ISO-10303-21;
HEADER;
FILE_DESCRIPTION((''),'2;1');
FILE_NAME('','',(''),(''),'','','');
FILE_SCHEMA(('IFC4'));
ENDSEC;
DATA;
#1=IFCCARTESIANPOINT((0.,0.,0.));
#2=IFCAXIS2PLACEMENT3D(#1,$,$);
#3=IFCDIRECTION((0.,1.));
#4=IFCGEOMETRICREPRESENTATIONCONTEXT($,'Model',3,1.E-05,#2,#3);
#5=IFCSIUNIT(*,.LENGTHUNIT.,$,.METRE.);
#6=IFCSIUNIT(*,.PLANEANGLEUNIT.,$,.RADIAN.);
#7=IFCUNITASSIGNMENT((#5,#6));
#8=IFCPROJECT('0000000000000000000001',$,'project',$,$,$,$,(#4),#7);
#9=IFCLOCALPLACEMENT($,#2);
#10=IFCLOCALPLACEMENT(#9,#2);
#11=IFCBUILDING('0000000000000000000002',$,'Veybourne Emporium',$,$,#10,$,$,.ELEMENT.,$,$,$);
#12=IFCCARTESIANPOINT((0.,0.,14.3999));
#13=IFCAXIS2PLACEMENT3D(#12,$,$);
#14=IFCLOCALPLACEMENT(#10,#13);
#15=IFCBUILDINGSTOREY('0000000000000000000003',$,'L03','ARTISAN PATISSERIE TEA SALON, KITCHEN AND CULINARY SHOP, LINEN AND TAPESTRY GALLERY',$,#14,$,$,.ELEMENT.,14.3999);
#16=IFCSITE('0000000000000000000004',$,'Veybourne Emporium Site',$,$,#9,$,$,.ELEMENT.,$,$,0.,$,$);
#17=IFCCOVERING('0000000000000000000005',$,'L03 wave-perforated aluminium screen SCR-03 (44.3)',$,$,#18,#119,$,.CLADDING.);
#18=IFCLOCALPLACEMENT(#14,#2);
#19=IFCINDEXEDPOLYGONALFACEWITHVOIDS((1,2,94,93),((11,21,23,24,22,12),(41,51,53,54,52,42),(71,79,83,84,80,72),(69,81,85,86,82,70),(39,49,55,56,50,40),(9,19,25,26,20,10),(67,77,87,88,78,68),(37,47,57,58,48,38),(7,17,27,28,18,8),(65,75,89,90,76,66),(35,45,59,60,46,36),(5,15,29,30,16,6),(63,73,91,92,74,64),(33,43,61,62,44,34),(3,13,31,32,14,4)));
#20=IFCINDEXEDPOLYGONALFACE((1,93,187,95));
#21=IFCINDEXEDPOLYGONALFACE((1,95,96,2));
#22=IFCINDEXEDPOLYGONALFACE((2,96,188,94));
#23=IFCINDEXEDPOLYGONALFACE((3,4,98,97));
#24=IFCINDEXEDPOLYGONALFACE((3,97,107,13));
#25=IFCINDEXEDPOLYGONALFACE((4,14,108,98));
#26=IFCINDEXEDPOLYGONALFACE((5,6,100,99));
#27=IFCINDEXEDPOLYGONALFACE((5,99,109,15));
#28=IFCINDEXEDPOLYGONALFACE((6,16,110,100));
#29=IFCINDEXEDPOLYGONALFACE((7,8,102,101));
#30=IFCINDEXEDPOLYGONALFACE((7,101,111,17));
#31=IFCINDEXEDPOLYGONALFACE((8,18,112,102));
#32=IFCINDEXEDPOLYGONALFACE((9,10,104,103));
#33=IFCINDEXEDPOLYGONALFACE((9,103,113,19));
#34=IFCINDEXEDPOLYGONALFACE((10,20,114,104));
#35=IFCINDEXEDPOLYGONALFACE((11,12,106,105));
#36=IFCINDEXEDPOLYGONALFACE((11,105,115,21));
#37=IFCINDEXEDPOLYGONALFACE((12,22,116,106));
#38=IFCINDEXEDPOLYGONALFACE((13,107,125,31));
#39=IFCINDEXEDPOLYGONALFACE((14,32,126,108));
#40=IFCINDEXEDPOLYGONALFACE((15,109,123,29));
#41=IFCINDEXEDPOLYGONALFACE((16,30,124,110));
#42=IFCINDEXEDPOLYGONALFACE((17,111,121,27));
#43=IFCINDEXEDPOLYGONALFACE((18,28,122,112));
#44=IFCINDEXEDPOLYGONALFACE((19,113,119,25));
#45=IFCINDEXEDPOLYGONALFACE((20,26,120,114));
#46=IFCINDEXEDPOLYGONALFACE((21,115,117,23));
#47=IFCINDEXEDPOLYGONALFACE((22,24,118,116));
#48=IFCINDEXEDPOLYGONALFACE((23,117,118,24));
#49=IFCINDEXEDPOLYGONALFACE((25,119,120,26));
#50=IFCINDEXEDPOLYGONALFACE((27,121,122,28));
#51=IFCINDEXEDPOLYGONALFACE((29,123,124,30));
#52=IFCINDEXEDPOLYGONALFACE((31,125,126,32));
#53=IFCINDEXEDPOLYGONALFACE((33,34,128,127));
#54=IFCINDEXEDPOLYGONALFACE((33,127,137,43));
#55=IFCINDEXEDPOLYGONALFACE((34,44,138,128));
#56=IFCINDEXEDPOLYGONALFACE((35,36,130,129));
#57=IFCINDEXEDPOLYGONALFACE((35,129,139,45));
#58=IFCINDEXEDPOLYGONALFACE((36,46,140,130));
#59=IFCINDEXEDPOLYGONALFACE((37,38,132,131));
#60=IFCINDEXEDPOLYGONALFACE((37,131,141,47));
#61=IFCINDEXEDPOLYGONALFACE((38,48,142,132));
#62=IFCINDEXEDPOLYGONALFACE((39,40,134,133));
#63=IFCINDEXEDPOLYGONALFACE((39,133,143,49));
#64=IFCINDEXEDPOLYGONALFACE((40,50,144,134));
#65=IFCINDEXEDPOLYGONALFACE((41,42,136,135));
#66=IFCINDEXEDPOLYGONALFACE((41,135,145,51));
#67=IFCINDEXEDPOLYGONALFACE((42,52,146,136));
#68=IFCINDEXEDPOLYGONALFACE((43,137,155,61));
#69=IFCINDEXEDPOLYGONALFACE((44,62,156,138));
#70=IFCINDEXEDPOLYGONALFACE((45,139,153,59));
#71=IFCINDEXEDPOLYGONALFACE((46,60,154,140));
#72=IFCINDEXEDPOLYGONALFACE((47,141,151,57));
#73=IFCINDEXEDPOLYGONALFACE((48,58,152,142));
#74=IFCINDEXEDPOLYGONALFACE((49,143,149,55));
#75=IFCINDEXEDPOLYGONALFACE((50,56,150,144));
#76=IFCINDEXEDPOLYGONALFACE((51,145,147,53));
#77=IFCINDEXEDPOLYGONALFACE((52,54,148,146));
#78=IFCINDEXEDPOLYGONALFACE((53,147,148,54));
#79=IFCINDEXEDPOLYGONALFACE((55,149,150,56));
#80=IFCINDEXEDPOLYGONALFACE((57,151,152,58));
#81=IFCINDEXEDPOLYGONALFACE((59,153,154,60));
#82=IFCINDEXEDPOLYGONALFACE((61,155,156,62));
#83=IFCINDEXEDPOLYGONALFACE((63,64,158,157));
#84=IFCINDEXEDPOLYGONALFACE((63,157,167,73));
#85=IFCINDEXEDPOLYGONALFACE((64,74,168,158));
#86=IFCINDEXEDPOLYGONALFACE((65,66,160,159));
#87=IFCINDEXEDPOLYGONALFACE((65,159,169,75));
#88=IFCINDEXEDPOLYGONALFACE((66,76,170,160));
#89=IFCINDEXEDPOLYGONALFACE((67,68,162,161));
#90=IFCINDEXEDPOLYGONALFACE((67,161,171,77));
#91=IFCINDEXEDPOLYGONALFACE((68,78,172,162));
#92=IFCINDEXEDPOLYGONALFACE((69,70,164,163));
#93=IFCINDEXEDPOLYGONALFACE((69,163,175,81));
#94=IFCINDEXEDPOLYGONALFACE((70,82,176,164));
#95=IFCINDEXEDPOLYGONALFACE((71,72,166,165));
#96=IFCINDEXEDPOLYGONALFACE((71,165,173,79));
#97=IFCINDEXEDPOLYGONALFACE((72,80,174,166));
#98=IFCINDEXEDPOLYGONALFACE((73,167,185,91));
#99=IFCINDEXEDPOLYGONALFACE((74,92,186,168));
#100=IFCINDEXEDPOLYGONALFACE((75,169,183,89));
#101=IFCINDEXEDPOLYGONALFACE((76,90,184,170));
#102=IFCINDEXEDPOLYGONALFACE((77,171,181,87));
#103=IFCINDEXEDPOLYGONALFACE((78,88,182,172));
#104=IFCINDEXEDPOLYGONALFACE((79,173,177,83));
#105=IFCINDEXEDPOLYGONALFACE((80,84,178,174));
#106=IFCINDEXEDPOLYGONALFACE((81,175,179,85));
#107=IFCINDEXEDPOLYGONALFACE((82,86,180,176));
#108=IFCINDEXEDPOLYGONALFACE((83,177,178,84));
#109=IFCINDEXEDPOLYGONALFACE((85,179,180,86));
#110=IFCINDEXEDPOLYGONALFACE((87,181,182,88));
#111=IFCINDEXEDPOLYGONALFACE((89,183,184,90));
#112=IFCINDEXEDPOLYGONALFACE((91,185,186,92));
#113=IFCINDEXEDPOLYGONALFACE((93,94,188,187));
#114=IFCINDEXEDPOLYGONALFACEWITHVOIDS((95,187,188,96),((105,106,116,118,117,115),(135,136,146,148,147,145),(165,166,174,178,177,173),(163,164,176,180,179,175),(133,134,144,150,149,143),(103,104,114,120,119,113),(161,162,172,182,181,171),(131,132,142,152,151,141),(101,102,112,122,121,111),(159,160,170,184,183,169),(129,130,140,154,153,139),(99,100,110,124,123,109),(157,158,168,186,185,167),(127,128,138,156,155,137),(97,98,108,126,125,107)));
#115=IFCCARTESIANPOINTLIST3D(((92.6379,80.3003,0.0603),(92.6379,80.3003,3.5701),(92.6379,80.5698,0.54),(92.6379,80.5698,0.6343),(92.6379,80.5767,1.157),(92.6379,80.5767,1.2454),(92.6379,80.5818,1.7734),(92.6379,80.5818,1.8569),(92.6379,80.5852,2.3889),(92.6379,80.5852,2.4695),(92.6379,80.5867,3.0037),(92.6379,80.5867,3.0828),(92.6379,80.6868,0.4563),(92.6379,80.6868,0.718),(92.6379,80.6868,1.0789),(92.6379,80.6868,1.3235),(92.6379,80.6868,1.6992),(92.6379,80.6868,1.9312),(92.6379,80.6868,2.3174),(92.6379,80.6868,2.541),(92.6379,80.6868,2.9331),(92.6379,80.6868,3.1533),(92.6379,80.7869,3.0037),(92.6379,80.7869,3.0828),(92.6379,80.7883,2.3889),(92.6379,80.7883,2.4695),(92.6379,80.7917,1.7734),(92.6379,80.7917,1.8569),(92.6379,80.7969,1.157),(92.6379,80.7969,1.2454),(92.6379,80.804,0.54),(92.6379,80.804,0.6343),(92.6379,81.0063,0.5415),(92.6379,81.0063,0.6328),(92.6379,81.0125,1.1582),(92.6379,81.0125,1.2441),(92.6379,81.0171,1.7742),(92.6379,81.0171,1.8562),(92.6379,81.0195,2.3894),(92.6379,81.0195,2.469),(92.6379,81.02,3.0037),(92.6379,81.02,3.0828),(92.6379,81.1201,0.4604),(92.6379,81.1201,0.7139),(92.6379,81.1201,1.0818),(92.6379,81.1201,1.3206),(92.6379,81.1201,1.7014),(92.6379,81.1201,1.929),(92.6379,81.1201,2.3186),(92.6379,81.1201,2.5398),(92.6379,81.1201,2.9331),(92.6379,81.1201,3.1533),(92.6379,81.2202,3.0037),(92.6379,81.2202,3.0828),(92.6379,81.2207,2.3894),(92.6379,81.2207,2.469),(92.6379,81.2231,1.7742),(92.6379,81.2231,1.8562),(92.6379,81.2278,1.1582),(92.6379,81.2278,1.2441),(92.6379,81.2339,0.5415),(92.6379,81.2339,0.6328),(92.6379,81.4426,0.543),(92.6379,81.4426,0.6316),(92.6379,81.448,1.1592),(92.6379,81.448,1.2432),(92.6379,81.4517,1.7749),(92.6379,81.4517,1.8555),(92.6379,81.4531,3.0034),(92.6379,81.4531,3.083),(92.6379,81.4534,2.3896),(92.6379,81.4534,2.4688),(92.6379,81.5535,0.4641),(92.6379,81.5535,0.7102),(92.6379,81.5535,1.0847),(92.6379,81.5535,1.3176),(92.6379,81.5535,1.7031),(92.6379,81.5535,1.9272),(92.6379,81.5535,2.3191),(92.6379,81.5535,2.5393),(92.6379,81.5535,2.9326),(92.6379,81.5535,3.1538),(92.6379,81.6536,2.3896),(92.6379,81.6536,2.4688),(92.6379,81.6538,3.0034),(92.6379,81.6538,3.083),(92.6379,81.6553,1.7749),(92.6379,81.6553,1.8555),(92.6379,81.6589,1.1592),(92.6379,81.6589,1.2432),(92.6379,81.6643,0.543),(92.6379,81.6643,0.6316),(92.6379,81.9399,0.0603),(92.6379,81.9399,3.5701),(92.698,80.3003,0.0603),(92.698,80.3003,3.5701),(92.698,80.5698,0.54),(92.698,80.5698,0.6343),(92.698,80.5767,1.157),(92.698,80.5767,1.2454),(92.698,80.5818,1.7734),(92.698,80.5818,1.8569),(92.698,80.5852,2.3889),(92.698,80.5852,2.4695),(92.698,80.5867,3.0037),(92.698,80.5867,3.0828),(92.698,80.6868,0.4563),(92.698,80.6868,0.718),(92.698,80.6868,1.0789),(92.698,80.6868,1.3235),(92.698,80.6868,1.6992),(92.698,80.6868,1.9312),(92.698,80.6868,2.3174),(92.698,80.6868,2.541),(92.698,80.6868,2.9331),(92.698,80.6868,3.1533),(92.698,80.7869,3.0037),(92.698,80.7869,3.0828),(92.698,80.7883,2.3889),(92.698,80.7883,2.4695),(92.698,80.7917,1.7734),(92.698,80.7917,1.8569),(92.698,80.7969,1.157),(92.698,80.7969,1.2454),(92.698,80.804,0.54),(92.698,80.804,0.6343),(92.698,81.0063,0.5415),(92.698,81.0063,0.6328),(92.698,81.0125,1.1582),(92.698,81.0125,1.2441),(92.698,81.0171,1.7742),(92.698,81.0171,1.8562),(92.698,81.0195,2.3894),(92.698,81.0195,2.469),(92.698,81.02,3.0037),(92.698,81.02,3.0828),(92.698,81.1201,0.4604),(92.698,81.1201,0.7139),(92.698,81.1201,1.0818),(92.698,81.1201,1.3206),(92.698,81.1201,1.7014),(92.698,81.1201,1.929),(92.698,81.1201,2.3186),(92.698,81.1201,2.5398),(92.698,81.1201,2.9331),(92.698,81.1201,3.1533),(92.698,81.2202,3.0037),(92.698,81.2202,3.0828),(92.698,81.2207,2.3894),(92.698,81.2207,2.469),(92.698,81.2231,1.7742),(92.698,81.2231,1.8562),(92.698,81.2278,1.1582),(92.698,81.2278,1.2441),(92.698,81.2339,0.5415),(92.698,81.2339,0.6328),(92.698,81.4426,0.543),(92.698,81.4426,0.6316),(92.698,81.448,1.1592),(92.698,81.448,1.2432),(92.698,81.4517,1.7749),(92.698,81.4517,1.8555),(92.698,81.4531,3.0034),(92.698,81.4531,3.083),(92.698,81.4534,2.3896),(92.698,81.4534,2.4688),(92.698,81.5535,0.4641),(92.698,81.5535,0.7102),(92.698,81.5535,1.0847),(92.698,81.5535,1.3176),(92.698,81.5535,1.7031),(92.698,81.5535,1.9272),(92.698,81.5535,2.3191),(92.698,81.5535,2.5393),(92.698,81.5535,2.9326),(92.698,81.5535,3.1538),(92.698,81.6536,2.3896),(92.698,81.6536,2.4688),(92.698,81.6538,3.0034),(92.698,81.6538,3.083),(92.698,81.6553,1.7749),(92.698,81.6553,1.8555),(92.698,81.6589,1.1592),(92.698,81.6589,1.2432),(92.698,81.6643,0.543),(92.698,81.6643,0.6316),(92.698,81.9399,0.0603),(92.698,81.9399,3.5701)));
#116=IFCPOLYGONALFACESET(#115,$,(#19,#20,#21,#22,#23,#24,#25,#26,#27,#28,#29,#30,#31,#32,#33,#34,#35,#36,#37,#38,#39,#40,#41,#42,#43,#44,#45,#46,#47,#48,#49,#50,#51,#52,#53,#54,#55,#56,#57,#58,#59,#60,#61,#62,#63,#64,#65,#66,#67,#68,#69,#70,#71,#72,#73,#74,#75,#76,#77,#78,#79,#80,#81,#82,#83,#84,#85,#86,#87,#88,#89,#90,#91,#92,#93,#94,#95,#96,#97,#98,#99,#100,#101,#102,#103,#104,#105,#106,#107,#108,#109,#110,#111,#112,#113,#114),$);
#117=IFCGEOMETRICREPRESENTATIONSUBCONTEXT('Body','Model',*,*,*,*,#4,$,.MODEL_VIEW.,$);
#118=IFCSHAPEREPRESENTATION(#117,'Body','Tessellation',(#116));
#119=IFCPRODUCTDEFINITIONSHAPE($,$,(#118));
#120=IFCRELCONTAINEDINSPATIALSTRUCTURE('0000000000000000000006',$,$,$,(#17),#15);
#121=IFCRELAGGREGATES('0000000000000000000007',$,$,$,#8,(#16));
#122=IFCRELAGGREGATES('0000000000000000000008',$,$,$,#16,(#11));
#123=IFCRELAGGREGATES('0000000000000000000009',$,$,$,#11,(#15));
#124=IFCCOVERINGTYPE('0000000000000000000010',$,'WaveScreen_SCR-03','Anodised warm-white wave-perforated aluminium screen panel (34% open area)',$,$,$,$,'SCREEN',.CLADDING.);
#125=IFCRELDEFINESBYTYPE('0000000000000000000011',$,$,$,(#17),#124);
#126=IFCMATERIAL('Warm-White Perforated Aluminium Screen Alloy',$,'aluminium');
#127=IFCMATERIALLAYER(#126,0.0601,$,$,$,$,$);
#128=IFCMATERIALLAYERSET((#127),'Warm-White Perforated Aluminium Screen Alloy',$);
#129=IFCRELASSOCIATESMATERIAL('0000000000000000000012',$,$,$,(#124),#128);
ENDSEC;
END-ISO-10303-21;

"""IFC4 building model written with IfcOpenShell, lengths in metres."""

from ifc_helpers import new_model, si_unit, direction, frame, origin, place, context, subcontext, project, spatial, polyline, outline, extrude, material, layer, layer_set, type_object, element, save


model = new_model("IFC4")

# Units and contexts
model_context = context("Model", 3, precision=1e-05, world=origin(), true_north=direction((0.0, 1.0)))
body_context = subcontext(model_context, "Body", "Model", "MODEL_VIEW")
ifc_project = project(units=[si_unit("LENGTHUNIT", "METRE"), si_unit("PLANEANGLEUNIT", "RADIAN")], contexts=[model_context])

# Site, building, storey
site_placement = place(None, origin())
site = spatial("IfcSite", under=ifc_project, at=site_placement, Name="Veybourne Emporium Site", CompositionType="ELEMENT", RefElevation=0.0)
building_placement = place(site_placement, origin())
building = spatial("IfcBuilding", under=site, at=building_placement, Name="Veybourne Emporium", CompositionType="ELEMENT")
storey_placement = place(building_placement, frame((0.0, 0.0, 14.3999)))
storey = spatial("IfcBuildingStorey", under=building, at=storey_placement, Name="L03", Description="ARTISAN PATISSERIE TEA SALON, KITCHEN AND CULINARY SHOP, LINEN AND TAPESTRY GALLERY", CompositionType="ELEMENT", Elevation=14.3999)

# Covering
ifc_material_1 = material(Name="Warm-White Perforated Aluminium Screen Alloy", Category="aluminium")
ifc_layer_1 = layer(ifc_material_1, 0.0601)
ifc_layer_set_1 = layer_set([ifc_layer_1], Name="Warm-White Perforated Aluminium Screen Alloy")
covering_type_1 = type_object("IfcCoveringType", Name="WaveScreen_SCR-03", Description="Anodised warm-white wave-perforated aluminium screen panel (34% open area)", ElementType="SCREEN", PredefinedType="CLADDING", material=ifc_layer_set_1)
covering_1_placement = place(storey_placement, frame((92.698, 81.1201, 1.8152), z_axis=(-1.0, 0.0, 0.0), x_axis=(0.0, -1.0, 0.0)))
element("IfcCovering", 1, at=covering_1_placement, inside=storey, type_object=covering_type_1, Name="L03 wave-perforated aluminium screen SCR-03 (44.3)", PredefinedType="CLADDING", context=body_context, shape_type="SweptSolid", body=[
    extrude(outline(polyline([(-0.8198, -1.7549), (0.8198, -1.7549), (0.8198, 1.7549), (-0.8198, 1.7549), (-0.8198, -1.7549)]), holes=[polyline([(-0.4333, -1.105), (-0.3225, -1.1836), (-0.3225, -1.2722), (-0.4333, -1.3511), (-0.5442, -1.2722), (-0.5442, -1.1836), (-0.4333, -1.105)]), polyline([(-0.4333, -0.4976), (-0.3279, -0.572), (-0.3279, -0.656), (-0.4333, -0.7305), (-0.5388, -0.656), (-0.5388, -0.572), (-0.4333, -0.4976)]), polyline([(-0.4333, 0.1121), (-0.3315, 0.0403), (-0.3315, -0.0403), (-0.4333, -0.1121), (-0.5352, -0.0403), (-0.5352, 0.0403), (-0.4333, 0.1121)]), polyline([(-0.4333, 0.7241), (-0.3333, 0.6536), (-0.3333, 0.5745), (-0.4333, 0.5039), (-0.5334, 0.5745), (-0.5334, 0.6536), (-0.4333, 0.7241)]), polyline([(-0.4333, 1.3386), (-0.333, 1.2678), (-0.333, 1.1882), (-0.4333, 1.1174), (-0.5337, 1.1882), (-0.5337, 1.2678), (-0.4333, 1.3386)]), polyline([(0.0, -1.1013), (0.1138, -1.1824), (0.1138, -1.2737), (0.0, -1.3547), (-0.1138, -1.2737), (-0.1138, -1.1824), (0.0, -1.1013)]), polyline([(0.0, -0.4946), (0.1077, -0.571), (0.1077, -0.657), (0.0, -0.7334), (-0.1077, -0.657), (-0.1077, -0.571), (0.0, -0.4946)]), polyline([(0.0, 0.1138), (0.103, 0.041), (0.103, -0.041), (0.0, -0.1138), (-0.103, -0.041), (-0.103, 0.041), (0.0, 0.1138)]), polyline([(0.0, 0.7246), (0.1006, 0.6538), (0.1006, 0.5742), (0.0, 0.5034), (-0.1006, 0.5742), (-0.1006, 0.6538), (0.0, 0.7246)]), polyline([(0.0, 1.3381), (0.1001, 1.2676), (0.1001, 1.1885), (0.0, 1.1179), (-0.1001, 1.1885), (-0.1001, 1.2676), (0.0, 1.3381)]), polyline([(0.4333, -1.0972), (0.5503, -1.1809), (0.5503, -1.2751), (0.4333, -1.3589), (0.3162, -1.2751), (0.3162, -1.1809), (0.4333, -1.0972)]), polyline([(0.4333, -0.4917), (0.5435, -0.5698), (0.5435, -0.6582), (0.4333, -0.7363), (0.3232, -0.6582), (0.3232, -0.5698), (0.4333, -0.4917)]), polyline([(0.4333, 0.116), (0.5383, 0.0417), (0.5383, -0.0417), (0.4333, -0.116), (0.3284, -0.0417), (0.3284, 0.0417), (0.4333, 0.116)]), polyline([(0.4333, 0.7258), (0.5349, 0.6543), (0.5349, 0.5737), (0.4333, 0.5022), (0.3318, 0.5737), (0.3318, 0.6543), (0.4333, 0.7258)]), polyline([(0.4333, 1.3381), (0.5334, 1.2676), (0.5334, 1.1885), (0.4333, 1.1179), (0.3333, 1.1885), (0.3333, 1.2676), (0.4333, 1.3381)])]), origin(), (0.0, 0.0, 1.0), 0.0601),
])

save(model, "model.ifc")
